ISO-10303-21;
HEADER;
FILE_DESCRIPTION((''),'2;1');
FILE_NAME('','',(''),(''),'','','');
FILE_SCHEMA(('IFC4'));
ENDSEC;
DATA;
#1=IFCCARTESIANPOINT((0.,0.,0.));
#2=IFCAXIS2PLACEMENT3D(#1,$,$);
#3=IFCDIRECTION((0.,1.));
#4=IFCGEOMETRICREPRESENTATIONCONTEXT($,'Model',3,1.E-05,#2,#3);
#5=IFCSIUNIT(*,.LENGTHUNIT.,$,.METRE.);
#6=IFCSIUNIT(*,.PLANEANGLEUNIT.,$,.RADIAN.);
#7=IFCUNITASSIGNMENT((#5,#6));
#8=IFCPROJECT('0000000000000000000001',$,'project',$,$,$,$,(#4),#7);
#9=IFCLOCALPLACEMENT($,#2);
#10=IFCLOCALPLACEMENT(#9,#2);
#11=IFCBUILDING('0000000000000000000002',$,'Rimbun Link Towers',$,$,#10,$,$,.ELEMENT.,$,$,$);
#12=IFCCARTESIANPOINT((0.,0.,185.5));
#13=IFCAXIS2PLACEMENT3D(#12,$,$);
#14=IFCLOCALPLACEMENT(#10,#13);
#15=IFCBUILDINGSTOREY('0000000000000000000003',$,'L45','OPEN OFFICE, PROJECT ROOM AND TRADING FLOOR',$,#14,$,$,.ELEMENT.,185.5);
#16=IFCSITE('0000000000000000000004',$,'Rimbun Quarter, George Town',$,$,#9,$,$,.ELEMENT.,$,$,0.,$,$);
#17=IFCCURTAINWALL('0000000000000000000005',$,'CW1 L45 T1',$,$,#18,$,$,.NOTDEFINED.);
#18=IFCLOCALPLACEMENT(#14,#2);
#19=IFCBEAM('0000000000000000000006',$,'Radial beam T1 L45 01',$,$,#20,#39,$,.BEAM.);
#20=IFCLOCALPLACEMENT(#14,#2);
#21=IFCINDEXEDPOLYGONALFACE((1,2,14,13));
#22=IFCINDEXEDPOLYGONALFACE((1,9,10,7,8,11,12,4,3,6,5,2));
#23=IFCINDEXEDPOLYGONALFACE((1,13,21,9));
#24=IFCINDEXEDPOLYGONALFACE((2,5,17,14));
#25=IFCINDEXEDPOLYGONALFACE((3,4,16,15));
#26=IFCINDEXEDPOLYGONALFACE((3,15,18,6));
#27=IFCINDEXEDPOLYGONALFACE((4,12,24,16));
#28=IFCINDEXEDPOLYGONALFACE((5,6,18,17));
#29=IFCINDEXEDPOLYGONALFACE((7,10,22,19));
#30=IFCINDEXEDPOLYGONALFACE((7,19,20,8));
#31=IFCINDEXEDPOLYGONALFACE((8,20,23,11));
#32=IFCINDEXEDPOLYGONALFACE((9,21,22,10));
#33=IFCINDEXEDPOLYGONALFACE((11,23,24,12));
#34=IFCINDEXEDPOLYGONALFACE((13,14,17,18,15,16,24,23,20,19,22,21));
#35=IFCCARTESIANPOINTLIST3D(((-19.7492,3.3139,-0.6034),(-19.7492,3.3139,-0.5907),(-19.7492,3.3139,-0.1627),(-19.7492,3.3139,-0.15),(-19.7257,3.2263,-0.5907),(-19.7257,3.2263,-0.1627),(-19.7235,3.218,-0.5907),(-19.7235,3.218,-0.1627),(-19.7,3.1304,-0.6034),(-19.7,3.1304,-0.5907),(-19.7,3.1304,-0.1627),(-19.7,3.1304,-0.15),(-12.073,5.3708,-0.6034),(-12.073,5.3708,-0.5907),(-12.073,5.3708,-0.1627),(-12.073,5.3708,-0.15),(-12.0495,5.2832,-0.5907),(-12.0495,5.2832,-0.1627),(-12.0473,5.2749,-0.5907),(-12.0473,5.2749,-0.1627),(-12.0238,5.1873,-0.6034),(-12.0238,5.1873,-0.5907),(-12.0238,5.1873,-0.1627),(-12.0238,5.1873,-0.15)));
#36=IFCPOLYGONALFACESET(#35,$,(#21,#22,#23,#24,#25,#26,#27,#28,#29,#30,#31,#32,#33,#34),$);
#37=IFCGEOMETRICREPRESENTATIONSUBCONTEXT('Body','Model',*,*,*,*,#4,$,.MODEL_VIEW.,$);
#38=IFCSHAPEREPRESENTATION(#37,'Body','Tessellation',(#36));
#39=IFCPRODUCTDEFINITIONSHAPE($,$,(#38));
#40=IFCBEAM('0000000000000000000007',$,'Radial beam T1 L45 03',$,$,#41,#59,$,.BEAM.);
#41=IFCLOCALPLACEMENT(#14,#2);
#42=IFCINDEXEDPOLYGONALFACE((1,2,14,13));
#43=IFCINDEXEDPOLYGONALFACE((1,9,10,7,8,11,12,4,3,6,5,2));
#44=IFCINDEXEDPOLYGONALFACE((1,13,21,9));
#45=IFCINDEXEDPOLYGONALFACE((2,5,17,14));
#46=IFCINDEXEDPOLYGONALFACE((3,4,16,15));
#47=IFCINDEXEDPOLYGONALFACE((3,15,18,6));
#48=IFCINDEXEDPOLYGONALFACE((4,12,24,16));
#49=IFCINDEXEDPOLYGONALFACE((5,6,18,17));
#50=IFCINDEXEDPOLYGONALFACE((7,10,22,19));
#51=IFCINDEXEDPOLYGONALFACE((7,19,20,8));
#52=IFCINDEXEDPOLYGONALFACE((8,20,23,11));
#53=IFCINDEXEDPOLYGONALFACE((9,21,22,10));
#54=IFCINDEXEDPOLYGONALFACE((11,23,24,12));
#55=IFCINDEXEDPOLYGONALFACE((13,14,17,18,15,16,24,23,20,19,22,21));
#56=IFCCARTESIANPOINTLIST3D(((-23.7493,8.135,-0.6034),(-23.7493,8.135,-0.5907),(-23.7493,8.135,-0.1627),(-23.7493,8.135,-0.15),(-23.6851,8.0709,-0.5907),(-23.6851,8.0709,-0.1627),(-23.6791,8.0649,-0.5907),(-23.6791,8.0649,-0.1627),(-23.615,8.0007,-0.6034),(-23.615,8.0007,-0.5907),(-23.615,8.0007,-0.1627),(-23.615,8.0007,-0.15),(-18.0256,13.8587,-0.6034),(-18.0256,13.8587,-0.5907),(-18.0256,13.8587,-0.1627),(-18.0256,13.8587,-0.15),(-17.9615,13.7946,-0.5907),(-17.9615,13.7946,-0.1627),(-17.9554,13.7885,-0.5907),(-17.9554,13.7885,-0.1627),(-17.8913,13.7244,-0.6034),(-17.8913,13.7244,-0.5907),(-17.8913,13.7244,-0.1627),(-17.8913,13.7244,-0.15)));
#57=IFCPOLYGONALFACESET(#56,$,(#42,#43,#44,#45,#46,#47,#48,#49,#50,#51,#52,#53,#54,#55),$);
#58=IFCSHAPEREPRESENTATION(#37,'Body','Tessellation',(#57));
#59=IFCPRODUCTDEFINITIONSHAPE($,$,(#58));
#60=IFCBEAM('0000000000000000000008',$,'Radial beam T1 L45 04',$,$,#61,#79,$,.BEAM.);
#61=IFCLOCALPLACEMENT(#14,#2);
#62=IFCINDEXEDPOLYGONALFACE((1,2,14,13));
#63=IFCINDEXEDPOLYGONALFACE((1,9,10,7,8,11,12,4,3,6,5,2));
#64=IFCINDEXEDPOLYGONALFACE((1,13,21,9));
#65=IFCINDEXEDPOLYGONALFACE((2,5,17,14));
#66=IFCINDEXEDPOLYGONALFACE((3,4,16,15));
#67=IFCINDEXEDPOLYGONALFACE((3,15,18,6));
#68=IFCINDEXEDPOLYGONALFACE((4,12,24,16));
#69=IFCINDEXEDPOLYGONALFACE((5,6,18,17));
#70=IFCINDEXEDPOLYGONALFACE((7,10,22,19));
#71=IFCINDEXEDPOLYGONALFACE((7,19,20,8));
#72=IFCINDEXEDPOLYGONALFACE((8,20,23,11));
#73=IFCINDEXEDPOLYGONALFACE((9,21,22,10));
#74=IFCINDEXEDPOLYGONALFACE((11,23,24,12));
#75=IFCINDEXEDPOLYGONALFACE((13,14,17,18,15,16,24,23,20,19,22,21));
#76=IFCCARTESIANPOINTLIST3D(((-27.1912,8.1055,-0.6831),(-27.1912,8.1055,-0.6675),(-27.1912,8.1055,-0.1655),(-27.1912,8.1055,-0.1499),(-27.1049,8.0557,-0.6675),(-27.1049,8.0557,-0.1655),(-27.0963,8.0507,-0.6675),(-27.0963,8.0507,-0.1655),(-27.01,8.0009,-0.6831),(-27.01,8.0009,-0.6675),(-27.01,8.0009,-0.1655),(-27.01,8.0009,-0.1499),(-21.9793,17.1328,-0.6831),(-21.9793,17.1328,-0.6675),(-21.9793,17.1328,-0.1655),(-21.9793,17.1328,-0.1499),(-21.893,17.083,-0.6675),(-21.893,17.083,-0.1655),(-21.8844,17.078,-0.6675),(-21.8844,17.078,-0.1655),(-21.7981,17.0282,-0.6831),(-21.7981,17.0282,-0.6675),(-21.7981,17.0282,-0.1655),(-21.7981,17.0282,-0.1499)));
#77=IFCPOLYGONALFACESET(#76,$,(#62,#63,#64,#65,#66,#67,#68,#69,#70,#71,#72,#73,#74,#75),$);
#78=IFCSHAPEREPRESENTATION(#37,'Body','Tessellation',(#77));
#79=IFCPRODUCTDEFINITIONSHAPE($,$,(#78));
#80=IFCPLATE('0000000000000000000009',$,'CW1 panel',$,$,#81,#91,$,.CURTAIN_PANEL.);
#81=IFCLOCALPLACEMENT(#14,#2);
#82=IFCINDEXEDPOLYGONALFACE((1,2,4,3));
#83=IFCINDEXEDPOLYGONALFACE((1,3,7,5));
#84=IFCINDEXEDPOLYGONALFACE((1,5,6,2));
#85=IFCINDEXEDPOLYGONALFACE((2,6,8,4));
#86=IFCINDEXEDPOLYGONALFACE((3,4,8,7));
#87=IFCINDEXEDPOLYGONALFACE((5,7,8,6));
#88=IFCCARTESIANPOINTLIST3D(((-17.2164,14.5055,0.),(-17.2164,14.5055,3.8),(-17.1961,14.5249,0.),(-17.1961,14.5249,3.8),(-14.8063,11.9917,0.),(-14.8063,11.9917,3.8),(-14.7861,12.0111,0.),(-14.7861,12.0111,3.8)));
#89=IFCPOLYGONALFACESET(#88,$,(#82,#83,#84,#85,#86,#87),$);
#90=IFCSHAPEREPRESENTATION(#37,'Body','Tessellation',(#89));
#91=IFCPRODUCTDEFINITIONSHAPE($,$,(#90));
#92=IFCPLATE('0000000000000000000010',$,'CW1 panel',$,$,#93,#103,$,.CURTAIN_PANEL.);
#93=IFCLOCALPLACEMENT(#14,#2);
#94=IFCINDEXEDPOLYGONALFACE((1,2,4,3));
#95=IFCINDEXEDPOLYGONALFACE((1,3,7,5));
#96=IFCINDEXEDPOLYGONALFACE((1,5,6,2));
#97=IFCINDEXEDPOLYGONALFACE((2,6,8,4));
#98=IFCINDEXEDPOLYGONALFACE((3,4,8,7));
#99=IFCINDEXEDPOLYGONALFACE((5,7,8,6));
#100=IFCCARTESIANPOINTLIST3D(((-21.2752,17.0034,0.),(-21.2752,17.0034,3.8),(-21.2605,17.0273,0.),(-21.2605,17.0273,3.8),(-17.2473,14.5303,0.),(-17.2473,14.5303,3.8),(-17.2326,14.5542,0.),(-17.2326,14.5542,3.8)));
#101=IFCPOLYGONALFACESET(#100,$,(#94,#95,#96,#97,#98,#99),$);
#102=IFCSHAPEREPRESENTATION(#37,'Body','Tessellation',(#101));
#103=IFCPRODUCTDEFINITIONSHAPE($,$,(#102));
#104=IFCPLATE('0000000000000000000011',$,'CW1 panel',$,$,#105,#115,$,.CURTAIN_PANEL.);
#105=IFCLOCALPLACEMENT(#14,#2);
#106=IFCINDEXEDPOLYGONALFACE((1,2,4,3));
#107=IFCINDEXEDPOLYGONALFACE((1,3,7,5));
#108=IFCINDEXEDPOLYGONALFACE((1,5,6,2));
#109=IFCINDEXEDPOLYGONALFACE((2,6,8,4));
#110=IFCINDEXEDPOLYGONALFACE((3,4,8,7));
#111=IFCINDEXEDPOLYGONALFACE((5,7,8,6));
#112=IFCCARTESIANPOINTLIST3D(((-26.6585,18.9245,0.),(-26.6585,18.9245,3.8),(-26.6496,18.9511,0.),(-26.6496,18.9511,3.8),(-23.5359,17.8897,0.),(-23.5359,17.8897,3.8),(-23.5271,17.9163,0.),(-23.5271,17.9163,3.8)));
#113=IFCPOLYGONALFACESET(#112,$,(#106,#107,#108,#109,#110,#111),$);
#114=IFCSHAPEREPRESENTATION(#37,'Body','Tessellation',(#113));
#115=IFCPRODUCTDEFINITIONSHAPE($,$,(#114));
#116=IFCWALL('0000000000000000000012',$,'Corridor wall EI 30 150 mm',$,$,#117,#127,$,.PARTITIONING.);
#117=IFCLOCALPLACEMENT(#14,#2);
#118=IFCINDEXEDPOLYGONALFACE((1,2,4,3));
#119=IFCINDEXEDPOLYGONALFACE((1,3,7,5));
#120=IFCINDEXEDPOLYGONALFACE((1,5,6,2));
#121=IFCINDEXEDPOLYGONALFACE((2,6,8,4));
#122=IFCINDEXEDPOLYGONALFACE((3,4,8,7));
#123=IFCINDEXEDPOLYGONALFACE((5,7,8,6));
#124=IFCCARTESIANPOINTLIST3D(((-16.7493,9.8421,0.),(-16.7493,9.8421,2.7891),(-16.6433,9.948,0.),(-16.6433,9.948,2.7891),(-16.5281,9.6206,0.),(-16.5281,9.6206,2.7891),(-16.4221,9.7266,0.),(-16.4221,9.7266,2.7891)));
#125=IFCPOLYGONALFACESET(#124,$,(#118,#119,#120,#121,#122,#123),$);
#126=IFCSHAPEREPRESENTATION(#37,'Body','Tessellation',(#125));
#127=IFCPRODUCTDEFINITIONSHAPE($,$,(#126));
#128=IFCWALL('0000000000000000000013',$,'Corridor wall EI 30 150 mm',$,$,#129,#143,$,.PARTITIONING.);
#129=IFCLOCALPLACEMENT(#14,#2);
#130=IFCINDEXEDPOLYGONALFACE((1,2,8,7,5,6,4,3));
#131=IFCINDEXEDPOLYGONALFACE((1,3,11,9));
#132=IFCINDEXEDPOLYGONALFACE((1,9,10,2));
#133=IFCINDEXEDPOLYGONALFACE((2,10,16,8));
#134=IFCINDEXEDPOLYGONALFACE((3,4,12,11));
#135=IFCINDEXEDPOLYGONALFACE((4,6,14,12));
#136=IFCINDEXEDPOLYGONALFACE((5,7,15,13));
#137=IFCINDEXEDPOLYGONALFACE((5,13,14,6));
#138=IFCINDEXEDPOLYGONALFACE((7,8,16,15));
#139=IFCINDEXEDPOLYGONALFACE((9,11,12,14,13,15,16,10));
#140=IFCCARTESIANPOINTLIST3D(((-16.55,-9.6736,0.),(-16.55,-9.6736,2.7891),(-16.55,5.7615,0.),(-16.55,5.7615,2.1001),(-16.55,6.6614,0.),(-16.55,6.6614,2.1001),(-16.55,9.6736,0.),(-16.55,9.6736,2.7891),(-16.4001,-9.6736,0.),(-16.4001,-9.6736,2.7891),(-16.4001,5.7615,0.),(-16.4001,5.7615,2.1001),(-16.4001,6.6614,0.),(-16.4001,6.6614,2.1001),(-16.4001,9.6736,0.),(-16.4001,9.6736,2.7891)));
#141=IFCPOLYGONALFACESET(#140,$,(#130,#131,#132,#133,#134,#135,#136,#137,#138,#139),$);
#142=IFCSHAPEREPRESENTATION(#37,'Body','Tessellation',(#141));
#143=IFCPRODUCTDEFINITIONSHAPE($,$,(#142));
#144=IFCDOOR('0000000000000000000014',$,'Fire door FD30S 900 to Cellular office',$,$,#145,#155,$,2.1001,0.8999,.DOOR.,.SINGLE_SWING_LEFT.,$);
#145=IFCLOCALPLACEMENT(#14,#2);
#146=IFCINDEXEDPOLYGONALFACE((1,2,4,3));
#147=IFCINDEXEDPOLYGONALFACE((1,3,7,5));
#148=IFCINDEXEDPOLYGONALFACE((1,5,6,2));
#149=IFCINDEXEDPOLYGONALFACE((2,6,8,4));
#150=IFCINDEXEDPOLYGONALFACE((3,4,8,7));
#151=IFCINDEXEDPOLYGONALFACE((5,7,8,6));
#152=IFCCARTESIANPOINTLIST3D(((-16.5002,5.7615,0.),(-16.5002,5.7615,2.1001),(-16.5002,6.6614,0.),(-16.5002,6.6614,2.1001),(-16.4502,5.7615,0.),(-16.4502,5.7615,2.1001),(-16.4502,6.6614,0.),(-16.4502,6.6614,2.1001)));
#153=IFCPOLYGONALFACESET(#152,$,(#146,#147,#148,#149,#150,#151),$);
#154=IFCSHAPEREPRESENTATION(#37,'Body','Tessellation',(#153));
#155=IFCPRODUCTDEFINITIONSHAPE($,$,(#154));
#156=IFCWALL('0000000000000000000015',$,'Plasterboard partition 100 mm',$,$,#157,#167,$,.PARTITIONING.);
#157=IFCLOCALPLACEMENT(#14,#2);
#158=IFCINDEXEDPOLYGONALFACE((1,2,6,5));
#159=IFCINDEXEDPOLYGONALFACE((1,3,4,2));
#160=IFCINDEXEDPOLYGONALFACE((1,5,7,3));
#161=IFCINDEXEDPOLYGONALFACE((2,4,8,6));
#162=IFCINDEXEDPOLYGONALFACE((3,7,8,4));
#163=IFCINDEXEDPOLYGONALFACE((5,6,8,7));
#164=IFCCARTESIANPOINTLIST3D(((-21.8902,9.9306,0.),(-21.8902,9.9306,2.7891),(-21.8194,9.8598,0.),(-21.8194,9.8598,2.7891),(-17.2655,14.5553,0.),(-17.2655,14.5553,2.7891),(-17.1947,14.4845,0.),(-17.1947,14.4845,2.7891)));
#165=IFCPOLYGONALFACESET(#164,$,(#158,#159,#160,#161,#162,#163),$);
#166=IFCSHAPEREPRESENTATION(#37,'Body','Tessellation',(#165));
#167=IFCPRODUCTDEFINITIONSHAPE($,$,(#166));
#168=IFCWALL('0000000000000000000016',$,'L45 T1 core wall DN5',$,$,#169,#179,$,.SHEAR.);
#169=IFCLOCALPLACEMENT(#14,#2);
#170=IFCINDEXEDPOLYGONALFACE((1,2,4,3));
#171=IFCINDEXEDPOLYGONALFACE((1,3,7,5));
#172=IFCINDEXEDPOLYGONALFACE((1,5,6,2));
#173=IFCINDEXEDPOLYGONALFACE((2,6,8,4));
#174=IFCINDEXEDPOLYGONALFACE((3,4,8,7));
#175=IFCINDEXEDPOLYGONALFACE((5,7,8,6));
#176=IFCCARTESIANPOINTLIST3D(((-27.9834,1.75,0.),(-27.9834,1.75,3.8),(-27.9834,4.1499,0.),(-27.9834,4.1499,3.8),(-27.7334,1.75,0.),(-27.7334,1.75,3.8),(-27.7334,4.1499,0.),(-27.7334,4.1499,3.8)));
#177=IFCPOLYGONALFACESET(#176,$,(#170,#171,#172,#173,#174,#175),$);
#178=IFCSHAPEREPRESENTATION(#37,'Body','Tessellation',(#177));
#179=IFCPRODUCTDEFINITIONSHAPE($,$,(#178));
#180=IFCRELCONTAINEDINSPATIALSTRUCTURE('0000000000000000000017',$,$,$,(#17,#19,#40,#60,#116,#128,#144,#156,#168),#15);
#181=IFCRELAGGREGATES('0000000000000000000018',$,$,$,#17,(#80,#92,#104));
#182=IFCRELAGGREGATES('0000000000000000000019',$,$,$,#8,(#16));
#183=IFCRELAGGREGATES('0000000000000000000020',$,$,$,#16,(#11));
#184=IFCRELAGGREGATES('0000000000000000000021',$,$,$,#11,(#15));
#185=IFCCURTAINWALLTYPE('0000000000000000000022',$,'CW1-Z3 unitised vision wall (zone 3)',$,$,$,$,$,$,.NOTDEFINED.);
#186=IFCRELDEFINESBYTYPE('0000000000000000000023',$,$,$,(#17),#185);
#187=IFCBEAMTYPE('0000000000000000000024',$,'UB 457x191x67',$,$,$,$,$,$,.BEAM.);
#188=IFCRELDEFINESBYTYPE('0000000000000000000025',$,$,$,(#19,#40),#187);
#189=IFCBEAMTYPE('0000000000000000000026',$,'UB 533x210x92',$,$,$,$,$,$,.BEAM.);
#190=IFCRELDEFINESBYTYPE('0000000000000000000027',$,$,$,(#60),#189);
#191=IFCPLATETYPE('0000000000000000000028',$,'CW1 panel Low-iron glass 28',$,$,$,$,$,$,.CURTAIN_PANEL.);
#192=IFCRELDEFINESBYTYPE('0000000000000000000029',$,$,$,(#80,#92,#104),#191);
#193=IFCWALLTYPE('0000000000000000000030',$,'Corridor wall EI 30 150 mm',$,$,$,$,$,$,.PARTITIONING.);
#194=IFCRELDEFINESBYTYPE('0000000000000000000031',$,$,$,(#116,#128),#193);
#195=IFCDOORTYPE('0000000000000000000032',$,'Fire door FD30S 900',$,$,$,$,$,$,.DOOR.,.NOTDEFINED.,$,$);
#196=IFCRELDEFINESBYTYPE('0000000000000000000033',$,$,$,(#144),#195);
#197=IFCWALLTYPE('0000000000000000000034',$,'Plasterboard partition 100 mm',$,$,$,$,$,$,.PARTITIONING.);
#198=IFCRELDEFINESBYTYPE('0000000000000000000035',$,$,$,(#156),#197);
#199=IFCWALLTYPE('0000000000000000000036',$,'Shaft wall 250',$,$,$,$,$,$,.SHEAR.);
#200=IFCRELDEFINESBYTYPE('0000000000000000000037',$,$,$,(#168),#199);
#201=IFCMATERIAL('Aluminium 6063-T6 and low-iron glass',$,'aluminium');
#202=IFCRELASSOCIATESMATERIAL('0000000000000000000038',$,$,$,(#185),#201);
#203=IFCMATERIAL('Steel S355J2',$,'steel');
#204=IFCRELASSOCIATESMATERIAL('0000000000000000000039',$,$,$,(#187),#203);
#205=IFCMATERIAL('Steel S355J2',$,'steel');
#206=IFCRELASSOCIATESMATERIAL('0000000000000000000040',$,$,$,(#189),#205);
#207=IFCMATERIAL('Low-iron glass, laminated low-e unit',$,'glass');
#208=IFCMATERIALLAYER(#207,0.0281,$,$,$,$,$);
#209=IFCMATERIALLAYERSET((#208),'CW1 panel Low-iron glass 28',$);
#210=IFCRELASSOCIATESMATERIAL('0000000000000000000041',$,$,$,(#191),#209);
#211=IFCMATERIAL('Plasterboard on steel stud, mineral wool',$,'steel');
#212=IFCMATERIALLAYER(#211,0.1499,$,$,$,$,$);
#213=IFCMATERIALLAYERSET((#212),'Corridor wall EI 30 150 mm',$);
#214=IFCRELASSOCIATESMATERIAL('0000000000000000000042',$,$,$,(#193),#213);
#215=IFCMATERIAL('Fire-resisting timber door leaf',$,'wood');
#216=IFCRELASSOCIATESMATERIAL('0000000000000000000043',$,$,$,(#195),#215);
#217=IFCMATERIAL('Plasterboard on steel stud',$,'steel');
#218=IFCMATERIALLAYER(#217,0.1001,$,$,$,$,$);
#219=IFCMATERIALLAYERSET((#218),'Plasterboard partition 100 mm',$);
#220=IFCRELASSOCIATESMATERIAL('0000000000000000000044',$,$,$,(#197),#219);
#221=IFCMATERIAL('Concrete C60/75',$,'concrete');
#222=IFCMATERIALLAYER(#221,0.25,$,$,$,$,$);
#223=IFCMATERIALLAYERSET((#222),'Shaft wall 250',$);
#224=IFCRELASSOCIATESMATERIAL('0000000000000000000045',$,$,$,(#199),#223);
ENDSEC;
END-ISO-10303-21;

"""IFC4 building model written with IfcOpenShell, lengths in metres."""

from ifc_helpers import new_model, si_unit, direction, frame, frame_2d, origin, origin_2d, place, context, subcontext, project, spatial, rectangle, i_section, extrude, material, layer, layer_set, material_profile, profile_set, type_object, element, fill, aggregate, save


model = new_model("IFC4")

# Units and contexts
model_context = context("Model", 3, precision=1e-05, world=origin(), true_north=direction((0.0, 1.0)))
body_context = subcontext(model_context, "Body", "Model", "MODEL_VIEW")
ifc_project = project(units=[si_unit("LENGTHUNIT", "METRE"), si_unit("PLANEANGLEUNIT", "RADIAN")], contexts=[model_context])

# Site, building, storey
site_placement = place(None, origin())
site = spatial("IfcSite", under=ifc_project, at=site_placement, Name="Rimbun Quarter, George Town", CompositionType="ELEMENT", RefElevation=0.0)
building_placement = place(site_placement, origin())
building = spatial("IfcBuilding", under=site, at=building_placement, Name="Rimbun Link Towers", CompositionType="ELEMENT")
storey_placement = place(building_placement, frame((0.0, 0.0, 185.5)))
storey = spatial("IfcBuildingStorey", under=building, at=storey_placement, Name="L45", Description="OPEN OFFICE, PROJECT ROOM AND TRADING FLOOR", CompositionType="ELEMENT", Elevation=185.5)

# Curtain wall
ifc_material_1 = material(Name="Aluminium 6063-T6 and low-iron glass", Category="aluminium")
curtain_wall_type = type_object("IfcCurtainWallType", Name="CW1-Z3 unitised vision wall (zone 3)", PredefinedType="NOTDEFINED", material=ifc_material_1)
curtain_wall_placement = place(storey_placement, origin())
curtain_wall = element("IfcCurtainWall", 1, at=curtain_wall_placement, inside=storey, type_object=curtain_wall_type, Name="CW1 L45 T1", PredefinedType="NOTDEFINED")

# Beams
ifc_material_2 = material(Name="Steel S355J2", Category="steel")
ifc_material_profile_1 = material_profile(ifc_material_2, i_section(OverallWidth=0.1899, OverallDepth=0.4534, WebThickness=0.0085, FlangeThickness=0.0127, at=origin_2d()), Name="UB 457x191x67")
ifc_profile_set_1 = profile_set([ifc_material_profile_1], Name="Steel S355J2")
beam_type_1 = type_object("IfcBeamType", Name="UB 457x191x67", PredefinedType="BEAM", material=ifc_profile_set_1)
beam_1_placement = place(storey_placement, frame((-19.7246, 3.2222, -0.3767), z_axis=(0.965925, 0.258823, 0.0), x_axis=(-0.258823, 0.965925, 0.0)))
element("IfcBeam", 2, at=beam_1_placement, inside=storey, type_object=beam_type_1, Name="Radial beam T1 L45 01", PredefinedType="BEAM", context=body_context, shape_type="SweptSolid", body=[
    extrude(i_section(OverallWidth=0.1899, OverallDepth=0.4534, WebThickness=0.0085, FlangeThickness=0.0127, at=origin_2d()), origin(), (0.0, 0.0, 1.0), 7.947),
])
beam_2_placement = place(storey_placement, frame((-23.6821, 8.0679, -0.3767), z_axis=(0.707107, 0.707107, 0.0), x_axis=(-0.707107, 0.707107, 0.0)))
element("IfcBeam", 3, at=beam_2_placement, inside=storey, type_object=beam_type_1, Name="Radial beam T1 L45 03", PredefinedType="BEAM", context=body_context, shape_type="SweptSolid", body=[
    extrude(i_section(OverallWidth=0.1899, OverallDepth=0.4534, WebThickness=0.0085, FlangeThickness=0.0127, at=origin_2d()), origin(), (0.0, 0.0, 1.0), 8.0945),
])
ifc_material_3 = material(Name="Steel S355J2", Category="steel")
ifc_material_profile_2 = material_profile(ifc_material_3, i_section(OverallWidth=0.2092, OverallDepth=0.5332, WebThickness=0.01, FlangeThickness=0.0156, at=origin_2d()), Name="UB 533x210x92")
ifc_profile_set_2 = profile_set([ifc_material_profile_2], Name="Steel S355J2")
beam_type_2 = type_object("IfcBeamType", Name="UB 533x210x92", PredefinedType="BEAM", material=ifc_profile_set_2)
beam_3_placement = place(storey_placement, frame((-27.1006, 8.0532, -0.4165), z_axis=(0.499998, 0.866026, 0.0), x_axis=(-0.866026, 0.499998, 0.0)))
element("IfcBeam", 4, at=beam_3_placement, inside=storey, type_object=beam_type_2, Name="Radial beam T1 L45 04", PredefinedType="BEAM", context=body_context, shape_type="SweptSolid", body=[
    extrude(i_section(OverallWidth=0.2092, OverallDepth=0.5332, WebThickness=0.01, FlangeThickness=0.0156, at=origin_2d()), origin(), (0.0, 0.0, 1.0), 10.4238),
])

# Plates
ifc_material_4 = material(Name="Low-iron glass, laminated low-e unit", Category="glass")
ifc_layer_1 = layer(ifc_material_4, 0.0281)
ifc_layer_set_1 = layer_set([ifc_layer_1], Name="CW1 panel Low-iron glass 28")
plate_type = type_object("IfcPlateType", Name="CW1 panel Low-iron glass 28", PredefinedType="CURTAIN_PANEL", material=ifc_layer_set_1)
plate_1_placement = place(storey_placement, frame((-16.0012, 13.2583, 0.0), z_axis=(0.0, 0.0, 1.0), x_axis=(0.692057, -0.721843, 0.0)))
plate_1 = element("IfcPlate", 5, at=plate_1_placement, type_object=plate_type, Name="CW1 panel", PredefinedType="CURTAIN_PANEL", context=body_context, shape_type="SweptSolid", body=[
    extrude(rectangle(XDim=3.4824, YDim=0.0281, at=origin_2d()), origin(), (0.0, 0.0, 1.0), 3.8),
])
plate_2_placement = place(storey_placement, frame((-19.2539, 15.7788, 0.0), z_axis=(0.0, 0.0, 1.0), x_axis=(0.852189, -0.523235, 0.0)))
plate_2 = element("IfcPlate", 6, at=plate_2_placement, type_object=plate_type, Name="CW1 panel", PredefinedType="CURTAIN_PANEL", context=body_context, shape_type="SweptSolid", body=[
    extrude(rectangle(XDim=4.7266, YDim=0.0281, at=origin_2d()), origin(), (0.0, 0.0, 1.0), 3.8),
])
plate_3_placement = place(storey_placement, frame((-25.0928, 18.4204, 0.0), z_axis=(0.0, 0.0, 1.0), x_axis=(0.949236, -0.314565, 0.0)))
plate_3 = element("IfcPlate", 7, at=plate_3_placement, type_object=plate_type, Name="CW1 panel", PredefinedType="CURTAIN_PANEL", context=body_context, shape_type="SweptSolid", body=[
    extrude(rectangle(XDim=3.2896, YDim=0.0281, at=origin_2d()), origin(), (0.0, 0.0, 1.0), 3.8),
])
aggregate(curtain_wall, [plate_1, plate_2, plate_3])

# Wall
ifc_material_5 = material(Name="Plasterboard on steel stud, mineral wool", Category="steel")
ifc_layer_2 = layer(ifc_material_5, 0.1499)
ifc_layer_set_2 = layer_set([ifc_layer_2], Name="Corridor wall EI 30 150 mm")
wall_type_1 = type_object("IfcWallType", Name="Corridor wall EI 30 150 mm", PredefinedType="PARTITIONING", material=ifc_layer_set_2)
wall_1_placement = place(storey_placement, frame((-16.4751, 9.6736, 0.0), z_axis=(0.0, 0.0, 1.0), x_axis=(-0.706717, 0.707497, 0.0)))
element("IfcWall", 8, at=wall_1_placement, inside=storey, type_object=wall_type_1, Name="Corridor wall EI 30 150 mm", PredefinedType="PARTITIONING", context=body_context, shape_type="SweptSolid", body=[
    extrude(rectangle(XDim=0.313, YDim=0.1499, at=frame_2d((0.1565, 0.0))), origin(), (0.0, 0.0, 1.0), 2.7891),
])

# Wall, opening, door
wall_2_placement = place(storey_placement, frame((-16.4751, 9.6736, 0.0), z_axis=(0.0, 0.0, 1.0), x_axis=(0.0, -1.0, 0.0)))
wall_2 = element("IfcWall", 9, at=wall_2_placement, inside=storey, type_object=wall_type_1, Name="Corridor wall EI 30 150 mm", PredefinedType="PARTITIONING", context=body_context, shape_type="SweptSolid", body=[
    extrude(rectangle(XDim=19.3472, YDim=0.1499, at=frame_2d((9.6736, 0.0))), origin(), (0.0, 0.0, 1.0), 2.7891),
])
opening_1_placement = place(wall_2_placement, frame((3.0122, 0.0, 0.0)))
opening_1 = element("IfcOpeningElement", 10, at=opening_1_placement, cuts=wall_2, PredefinedType="OPENING", context=body_context, shape_type="SweptSolid", body=[
    extrude(rectangle(XDim=0.8999, YDim=2.1001, at=frame_2d((0.45, 1.05))), frame((0.0, 0.085, 0.0), z_axis=(0.0, -1.0, 0.0), x_axis=(1.0, 0.0, 0.0)), (0.0, 0.0, 1.0), 0.1699),
])
ifc_material_6 = material(Name="Fire-resisting timber door leaf", Category="wood")
door_type_1 = type_object("IfcDoorType", Name="Fire door FD30S 900", OperationType="NOTDEFINED", PredefinedType="DOOR", material=ifc_material_6)
door_1_placement = place(opening_1_placement, origin())
door_1 = element("IfcDoor", 11, at=door_1_placement, inside=storey, type_object=door_type_1, Name="Fire door FD30S 900 to Cellular office", OperationType="SINGLE_SWING_LEFT", OverallHeight=2.1001, OverallWidth=0.8999, PredefinedType="DOOR", context=body_context, shape_type="SweptSolid", body=[
    extrude(rectangle(XDim=0.8999, YDim=2.1001, at=frame_2d((0.45, 1.05))), frame((0.0, 0.0249, 0.0), z_axis=(0.0, -1.0, 0.0), x_axis=(1.0, 0.0, 0.0)), (0.0, 0.0, 1.0), 0.05),
])
fill(opening_1, door_1)

# Walls
ifc_material_7 = material(Name="Plasterboard on steel stud", Category="steel")
ifc_layer_3 = layer(ifc_material_7, 0.1001)
ifc_layer_set_3 = layer_set([ifc_layer_3], Name="Plasterboard partition 100 mm")
wall_type_2 = type_object("IfcWallType", Name="Plasterboard partition 100 mm", PredefinedType="PARTITIONING", material=ifc_layer_set_3)
wall_3_placement = place(storey_placement, frame((-17.2302, 14.5198, 0.0), z_axis=(0.0, 0.0, 1.0), x_axis=(-0.707107, -0.707107, 0.0)))
element("IfcWall", 12, at=wall_3_placement, inside=storey, type_object=wall_type_2, Name="Plasterboard partition 100 mm", PredefinedType="PARTITIONING", context=body_context, shape_type="SweptSolid", body=[
    extrude(rectangle(XDim=6.5403, YDim=0.1001, at=frame_2d((3.27, 0.0))), origin(), (0.0, 0.0, 1.0), 2.7891),
])
ifc_material_8 = material(Name="Concrete C60/75", Category="concrete")
ifc_layer_4 = layer(ifc_material_8, 0.25)
ifc_layer_set_4 = layer_set([ifc_layer_4], Name="Shaft wall 250")
wall_type_3 = type_object("IfcWallType", Name="Shaft wall 250", PredefinedType="SHEAR", material=ifc_layer_set_4)
wall_4_placement = place(storey_placement, frame((-27.8584, 1.75, 0.0), z_axis=(0.0, 0.0, 1.0), x_axis=(0.0, 1.0, 0.0)))
element("IfcWall", 13, at=wall_4_placement, inside=storey, type_object=wall_type_3, Name="L45 T1 core wall DN5", PredefinedType="SHEAR", context=body_context, shape_type="SweptSolid", body=[
    extrude(rectangle(XDim=2.3999, YDim=0.25, at=frame_2d((1.2, 0.0))), origin(), (0.0, 0.0, 1.0), 3.8),
])

save(model, "model.ifc")
